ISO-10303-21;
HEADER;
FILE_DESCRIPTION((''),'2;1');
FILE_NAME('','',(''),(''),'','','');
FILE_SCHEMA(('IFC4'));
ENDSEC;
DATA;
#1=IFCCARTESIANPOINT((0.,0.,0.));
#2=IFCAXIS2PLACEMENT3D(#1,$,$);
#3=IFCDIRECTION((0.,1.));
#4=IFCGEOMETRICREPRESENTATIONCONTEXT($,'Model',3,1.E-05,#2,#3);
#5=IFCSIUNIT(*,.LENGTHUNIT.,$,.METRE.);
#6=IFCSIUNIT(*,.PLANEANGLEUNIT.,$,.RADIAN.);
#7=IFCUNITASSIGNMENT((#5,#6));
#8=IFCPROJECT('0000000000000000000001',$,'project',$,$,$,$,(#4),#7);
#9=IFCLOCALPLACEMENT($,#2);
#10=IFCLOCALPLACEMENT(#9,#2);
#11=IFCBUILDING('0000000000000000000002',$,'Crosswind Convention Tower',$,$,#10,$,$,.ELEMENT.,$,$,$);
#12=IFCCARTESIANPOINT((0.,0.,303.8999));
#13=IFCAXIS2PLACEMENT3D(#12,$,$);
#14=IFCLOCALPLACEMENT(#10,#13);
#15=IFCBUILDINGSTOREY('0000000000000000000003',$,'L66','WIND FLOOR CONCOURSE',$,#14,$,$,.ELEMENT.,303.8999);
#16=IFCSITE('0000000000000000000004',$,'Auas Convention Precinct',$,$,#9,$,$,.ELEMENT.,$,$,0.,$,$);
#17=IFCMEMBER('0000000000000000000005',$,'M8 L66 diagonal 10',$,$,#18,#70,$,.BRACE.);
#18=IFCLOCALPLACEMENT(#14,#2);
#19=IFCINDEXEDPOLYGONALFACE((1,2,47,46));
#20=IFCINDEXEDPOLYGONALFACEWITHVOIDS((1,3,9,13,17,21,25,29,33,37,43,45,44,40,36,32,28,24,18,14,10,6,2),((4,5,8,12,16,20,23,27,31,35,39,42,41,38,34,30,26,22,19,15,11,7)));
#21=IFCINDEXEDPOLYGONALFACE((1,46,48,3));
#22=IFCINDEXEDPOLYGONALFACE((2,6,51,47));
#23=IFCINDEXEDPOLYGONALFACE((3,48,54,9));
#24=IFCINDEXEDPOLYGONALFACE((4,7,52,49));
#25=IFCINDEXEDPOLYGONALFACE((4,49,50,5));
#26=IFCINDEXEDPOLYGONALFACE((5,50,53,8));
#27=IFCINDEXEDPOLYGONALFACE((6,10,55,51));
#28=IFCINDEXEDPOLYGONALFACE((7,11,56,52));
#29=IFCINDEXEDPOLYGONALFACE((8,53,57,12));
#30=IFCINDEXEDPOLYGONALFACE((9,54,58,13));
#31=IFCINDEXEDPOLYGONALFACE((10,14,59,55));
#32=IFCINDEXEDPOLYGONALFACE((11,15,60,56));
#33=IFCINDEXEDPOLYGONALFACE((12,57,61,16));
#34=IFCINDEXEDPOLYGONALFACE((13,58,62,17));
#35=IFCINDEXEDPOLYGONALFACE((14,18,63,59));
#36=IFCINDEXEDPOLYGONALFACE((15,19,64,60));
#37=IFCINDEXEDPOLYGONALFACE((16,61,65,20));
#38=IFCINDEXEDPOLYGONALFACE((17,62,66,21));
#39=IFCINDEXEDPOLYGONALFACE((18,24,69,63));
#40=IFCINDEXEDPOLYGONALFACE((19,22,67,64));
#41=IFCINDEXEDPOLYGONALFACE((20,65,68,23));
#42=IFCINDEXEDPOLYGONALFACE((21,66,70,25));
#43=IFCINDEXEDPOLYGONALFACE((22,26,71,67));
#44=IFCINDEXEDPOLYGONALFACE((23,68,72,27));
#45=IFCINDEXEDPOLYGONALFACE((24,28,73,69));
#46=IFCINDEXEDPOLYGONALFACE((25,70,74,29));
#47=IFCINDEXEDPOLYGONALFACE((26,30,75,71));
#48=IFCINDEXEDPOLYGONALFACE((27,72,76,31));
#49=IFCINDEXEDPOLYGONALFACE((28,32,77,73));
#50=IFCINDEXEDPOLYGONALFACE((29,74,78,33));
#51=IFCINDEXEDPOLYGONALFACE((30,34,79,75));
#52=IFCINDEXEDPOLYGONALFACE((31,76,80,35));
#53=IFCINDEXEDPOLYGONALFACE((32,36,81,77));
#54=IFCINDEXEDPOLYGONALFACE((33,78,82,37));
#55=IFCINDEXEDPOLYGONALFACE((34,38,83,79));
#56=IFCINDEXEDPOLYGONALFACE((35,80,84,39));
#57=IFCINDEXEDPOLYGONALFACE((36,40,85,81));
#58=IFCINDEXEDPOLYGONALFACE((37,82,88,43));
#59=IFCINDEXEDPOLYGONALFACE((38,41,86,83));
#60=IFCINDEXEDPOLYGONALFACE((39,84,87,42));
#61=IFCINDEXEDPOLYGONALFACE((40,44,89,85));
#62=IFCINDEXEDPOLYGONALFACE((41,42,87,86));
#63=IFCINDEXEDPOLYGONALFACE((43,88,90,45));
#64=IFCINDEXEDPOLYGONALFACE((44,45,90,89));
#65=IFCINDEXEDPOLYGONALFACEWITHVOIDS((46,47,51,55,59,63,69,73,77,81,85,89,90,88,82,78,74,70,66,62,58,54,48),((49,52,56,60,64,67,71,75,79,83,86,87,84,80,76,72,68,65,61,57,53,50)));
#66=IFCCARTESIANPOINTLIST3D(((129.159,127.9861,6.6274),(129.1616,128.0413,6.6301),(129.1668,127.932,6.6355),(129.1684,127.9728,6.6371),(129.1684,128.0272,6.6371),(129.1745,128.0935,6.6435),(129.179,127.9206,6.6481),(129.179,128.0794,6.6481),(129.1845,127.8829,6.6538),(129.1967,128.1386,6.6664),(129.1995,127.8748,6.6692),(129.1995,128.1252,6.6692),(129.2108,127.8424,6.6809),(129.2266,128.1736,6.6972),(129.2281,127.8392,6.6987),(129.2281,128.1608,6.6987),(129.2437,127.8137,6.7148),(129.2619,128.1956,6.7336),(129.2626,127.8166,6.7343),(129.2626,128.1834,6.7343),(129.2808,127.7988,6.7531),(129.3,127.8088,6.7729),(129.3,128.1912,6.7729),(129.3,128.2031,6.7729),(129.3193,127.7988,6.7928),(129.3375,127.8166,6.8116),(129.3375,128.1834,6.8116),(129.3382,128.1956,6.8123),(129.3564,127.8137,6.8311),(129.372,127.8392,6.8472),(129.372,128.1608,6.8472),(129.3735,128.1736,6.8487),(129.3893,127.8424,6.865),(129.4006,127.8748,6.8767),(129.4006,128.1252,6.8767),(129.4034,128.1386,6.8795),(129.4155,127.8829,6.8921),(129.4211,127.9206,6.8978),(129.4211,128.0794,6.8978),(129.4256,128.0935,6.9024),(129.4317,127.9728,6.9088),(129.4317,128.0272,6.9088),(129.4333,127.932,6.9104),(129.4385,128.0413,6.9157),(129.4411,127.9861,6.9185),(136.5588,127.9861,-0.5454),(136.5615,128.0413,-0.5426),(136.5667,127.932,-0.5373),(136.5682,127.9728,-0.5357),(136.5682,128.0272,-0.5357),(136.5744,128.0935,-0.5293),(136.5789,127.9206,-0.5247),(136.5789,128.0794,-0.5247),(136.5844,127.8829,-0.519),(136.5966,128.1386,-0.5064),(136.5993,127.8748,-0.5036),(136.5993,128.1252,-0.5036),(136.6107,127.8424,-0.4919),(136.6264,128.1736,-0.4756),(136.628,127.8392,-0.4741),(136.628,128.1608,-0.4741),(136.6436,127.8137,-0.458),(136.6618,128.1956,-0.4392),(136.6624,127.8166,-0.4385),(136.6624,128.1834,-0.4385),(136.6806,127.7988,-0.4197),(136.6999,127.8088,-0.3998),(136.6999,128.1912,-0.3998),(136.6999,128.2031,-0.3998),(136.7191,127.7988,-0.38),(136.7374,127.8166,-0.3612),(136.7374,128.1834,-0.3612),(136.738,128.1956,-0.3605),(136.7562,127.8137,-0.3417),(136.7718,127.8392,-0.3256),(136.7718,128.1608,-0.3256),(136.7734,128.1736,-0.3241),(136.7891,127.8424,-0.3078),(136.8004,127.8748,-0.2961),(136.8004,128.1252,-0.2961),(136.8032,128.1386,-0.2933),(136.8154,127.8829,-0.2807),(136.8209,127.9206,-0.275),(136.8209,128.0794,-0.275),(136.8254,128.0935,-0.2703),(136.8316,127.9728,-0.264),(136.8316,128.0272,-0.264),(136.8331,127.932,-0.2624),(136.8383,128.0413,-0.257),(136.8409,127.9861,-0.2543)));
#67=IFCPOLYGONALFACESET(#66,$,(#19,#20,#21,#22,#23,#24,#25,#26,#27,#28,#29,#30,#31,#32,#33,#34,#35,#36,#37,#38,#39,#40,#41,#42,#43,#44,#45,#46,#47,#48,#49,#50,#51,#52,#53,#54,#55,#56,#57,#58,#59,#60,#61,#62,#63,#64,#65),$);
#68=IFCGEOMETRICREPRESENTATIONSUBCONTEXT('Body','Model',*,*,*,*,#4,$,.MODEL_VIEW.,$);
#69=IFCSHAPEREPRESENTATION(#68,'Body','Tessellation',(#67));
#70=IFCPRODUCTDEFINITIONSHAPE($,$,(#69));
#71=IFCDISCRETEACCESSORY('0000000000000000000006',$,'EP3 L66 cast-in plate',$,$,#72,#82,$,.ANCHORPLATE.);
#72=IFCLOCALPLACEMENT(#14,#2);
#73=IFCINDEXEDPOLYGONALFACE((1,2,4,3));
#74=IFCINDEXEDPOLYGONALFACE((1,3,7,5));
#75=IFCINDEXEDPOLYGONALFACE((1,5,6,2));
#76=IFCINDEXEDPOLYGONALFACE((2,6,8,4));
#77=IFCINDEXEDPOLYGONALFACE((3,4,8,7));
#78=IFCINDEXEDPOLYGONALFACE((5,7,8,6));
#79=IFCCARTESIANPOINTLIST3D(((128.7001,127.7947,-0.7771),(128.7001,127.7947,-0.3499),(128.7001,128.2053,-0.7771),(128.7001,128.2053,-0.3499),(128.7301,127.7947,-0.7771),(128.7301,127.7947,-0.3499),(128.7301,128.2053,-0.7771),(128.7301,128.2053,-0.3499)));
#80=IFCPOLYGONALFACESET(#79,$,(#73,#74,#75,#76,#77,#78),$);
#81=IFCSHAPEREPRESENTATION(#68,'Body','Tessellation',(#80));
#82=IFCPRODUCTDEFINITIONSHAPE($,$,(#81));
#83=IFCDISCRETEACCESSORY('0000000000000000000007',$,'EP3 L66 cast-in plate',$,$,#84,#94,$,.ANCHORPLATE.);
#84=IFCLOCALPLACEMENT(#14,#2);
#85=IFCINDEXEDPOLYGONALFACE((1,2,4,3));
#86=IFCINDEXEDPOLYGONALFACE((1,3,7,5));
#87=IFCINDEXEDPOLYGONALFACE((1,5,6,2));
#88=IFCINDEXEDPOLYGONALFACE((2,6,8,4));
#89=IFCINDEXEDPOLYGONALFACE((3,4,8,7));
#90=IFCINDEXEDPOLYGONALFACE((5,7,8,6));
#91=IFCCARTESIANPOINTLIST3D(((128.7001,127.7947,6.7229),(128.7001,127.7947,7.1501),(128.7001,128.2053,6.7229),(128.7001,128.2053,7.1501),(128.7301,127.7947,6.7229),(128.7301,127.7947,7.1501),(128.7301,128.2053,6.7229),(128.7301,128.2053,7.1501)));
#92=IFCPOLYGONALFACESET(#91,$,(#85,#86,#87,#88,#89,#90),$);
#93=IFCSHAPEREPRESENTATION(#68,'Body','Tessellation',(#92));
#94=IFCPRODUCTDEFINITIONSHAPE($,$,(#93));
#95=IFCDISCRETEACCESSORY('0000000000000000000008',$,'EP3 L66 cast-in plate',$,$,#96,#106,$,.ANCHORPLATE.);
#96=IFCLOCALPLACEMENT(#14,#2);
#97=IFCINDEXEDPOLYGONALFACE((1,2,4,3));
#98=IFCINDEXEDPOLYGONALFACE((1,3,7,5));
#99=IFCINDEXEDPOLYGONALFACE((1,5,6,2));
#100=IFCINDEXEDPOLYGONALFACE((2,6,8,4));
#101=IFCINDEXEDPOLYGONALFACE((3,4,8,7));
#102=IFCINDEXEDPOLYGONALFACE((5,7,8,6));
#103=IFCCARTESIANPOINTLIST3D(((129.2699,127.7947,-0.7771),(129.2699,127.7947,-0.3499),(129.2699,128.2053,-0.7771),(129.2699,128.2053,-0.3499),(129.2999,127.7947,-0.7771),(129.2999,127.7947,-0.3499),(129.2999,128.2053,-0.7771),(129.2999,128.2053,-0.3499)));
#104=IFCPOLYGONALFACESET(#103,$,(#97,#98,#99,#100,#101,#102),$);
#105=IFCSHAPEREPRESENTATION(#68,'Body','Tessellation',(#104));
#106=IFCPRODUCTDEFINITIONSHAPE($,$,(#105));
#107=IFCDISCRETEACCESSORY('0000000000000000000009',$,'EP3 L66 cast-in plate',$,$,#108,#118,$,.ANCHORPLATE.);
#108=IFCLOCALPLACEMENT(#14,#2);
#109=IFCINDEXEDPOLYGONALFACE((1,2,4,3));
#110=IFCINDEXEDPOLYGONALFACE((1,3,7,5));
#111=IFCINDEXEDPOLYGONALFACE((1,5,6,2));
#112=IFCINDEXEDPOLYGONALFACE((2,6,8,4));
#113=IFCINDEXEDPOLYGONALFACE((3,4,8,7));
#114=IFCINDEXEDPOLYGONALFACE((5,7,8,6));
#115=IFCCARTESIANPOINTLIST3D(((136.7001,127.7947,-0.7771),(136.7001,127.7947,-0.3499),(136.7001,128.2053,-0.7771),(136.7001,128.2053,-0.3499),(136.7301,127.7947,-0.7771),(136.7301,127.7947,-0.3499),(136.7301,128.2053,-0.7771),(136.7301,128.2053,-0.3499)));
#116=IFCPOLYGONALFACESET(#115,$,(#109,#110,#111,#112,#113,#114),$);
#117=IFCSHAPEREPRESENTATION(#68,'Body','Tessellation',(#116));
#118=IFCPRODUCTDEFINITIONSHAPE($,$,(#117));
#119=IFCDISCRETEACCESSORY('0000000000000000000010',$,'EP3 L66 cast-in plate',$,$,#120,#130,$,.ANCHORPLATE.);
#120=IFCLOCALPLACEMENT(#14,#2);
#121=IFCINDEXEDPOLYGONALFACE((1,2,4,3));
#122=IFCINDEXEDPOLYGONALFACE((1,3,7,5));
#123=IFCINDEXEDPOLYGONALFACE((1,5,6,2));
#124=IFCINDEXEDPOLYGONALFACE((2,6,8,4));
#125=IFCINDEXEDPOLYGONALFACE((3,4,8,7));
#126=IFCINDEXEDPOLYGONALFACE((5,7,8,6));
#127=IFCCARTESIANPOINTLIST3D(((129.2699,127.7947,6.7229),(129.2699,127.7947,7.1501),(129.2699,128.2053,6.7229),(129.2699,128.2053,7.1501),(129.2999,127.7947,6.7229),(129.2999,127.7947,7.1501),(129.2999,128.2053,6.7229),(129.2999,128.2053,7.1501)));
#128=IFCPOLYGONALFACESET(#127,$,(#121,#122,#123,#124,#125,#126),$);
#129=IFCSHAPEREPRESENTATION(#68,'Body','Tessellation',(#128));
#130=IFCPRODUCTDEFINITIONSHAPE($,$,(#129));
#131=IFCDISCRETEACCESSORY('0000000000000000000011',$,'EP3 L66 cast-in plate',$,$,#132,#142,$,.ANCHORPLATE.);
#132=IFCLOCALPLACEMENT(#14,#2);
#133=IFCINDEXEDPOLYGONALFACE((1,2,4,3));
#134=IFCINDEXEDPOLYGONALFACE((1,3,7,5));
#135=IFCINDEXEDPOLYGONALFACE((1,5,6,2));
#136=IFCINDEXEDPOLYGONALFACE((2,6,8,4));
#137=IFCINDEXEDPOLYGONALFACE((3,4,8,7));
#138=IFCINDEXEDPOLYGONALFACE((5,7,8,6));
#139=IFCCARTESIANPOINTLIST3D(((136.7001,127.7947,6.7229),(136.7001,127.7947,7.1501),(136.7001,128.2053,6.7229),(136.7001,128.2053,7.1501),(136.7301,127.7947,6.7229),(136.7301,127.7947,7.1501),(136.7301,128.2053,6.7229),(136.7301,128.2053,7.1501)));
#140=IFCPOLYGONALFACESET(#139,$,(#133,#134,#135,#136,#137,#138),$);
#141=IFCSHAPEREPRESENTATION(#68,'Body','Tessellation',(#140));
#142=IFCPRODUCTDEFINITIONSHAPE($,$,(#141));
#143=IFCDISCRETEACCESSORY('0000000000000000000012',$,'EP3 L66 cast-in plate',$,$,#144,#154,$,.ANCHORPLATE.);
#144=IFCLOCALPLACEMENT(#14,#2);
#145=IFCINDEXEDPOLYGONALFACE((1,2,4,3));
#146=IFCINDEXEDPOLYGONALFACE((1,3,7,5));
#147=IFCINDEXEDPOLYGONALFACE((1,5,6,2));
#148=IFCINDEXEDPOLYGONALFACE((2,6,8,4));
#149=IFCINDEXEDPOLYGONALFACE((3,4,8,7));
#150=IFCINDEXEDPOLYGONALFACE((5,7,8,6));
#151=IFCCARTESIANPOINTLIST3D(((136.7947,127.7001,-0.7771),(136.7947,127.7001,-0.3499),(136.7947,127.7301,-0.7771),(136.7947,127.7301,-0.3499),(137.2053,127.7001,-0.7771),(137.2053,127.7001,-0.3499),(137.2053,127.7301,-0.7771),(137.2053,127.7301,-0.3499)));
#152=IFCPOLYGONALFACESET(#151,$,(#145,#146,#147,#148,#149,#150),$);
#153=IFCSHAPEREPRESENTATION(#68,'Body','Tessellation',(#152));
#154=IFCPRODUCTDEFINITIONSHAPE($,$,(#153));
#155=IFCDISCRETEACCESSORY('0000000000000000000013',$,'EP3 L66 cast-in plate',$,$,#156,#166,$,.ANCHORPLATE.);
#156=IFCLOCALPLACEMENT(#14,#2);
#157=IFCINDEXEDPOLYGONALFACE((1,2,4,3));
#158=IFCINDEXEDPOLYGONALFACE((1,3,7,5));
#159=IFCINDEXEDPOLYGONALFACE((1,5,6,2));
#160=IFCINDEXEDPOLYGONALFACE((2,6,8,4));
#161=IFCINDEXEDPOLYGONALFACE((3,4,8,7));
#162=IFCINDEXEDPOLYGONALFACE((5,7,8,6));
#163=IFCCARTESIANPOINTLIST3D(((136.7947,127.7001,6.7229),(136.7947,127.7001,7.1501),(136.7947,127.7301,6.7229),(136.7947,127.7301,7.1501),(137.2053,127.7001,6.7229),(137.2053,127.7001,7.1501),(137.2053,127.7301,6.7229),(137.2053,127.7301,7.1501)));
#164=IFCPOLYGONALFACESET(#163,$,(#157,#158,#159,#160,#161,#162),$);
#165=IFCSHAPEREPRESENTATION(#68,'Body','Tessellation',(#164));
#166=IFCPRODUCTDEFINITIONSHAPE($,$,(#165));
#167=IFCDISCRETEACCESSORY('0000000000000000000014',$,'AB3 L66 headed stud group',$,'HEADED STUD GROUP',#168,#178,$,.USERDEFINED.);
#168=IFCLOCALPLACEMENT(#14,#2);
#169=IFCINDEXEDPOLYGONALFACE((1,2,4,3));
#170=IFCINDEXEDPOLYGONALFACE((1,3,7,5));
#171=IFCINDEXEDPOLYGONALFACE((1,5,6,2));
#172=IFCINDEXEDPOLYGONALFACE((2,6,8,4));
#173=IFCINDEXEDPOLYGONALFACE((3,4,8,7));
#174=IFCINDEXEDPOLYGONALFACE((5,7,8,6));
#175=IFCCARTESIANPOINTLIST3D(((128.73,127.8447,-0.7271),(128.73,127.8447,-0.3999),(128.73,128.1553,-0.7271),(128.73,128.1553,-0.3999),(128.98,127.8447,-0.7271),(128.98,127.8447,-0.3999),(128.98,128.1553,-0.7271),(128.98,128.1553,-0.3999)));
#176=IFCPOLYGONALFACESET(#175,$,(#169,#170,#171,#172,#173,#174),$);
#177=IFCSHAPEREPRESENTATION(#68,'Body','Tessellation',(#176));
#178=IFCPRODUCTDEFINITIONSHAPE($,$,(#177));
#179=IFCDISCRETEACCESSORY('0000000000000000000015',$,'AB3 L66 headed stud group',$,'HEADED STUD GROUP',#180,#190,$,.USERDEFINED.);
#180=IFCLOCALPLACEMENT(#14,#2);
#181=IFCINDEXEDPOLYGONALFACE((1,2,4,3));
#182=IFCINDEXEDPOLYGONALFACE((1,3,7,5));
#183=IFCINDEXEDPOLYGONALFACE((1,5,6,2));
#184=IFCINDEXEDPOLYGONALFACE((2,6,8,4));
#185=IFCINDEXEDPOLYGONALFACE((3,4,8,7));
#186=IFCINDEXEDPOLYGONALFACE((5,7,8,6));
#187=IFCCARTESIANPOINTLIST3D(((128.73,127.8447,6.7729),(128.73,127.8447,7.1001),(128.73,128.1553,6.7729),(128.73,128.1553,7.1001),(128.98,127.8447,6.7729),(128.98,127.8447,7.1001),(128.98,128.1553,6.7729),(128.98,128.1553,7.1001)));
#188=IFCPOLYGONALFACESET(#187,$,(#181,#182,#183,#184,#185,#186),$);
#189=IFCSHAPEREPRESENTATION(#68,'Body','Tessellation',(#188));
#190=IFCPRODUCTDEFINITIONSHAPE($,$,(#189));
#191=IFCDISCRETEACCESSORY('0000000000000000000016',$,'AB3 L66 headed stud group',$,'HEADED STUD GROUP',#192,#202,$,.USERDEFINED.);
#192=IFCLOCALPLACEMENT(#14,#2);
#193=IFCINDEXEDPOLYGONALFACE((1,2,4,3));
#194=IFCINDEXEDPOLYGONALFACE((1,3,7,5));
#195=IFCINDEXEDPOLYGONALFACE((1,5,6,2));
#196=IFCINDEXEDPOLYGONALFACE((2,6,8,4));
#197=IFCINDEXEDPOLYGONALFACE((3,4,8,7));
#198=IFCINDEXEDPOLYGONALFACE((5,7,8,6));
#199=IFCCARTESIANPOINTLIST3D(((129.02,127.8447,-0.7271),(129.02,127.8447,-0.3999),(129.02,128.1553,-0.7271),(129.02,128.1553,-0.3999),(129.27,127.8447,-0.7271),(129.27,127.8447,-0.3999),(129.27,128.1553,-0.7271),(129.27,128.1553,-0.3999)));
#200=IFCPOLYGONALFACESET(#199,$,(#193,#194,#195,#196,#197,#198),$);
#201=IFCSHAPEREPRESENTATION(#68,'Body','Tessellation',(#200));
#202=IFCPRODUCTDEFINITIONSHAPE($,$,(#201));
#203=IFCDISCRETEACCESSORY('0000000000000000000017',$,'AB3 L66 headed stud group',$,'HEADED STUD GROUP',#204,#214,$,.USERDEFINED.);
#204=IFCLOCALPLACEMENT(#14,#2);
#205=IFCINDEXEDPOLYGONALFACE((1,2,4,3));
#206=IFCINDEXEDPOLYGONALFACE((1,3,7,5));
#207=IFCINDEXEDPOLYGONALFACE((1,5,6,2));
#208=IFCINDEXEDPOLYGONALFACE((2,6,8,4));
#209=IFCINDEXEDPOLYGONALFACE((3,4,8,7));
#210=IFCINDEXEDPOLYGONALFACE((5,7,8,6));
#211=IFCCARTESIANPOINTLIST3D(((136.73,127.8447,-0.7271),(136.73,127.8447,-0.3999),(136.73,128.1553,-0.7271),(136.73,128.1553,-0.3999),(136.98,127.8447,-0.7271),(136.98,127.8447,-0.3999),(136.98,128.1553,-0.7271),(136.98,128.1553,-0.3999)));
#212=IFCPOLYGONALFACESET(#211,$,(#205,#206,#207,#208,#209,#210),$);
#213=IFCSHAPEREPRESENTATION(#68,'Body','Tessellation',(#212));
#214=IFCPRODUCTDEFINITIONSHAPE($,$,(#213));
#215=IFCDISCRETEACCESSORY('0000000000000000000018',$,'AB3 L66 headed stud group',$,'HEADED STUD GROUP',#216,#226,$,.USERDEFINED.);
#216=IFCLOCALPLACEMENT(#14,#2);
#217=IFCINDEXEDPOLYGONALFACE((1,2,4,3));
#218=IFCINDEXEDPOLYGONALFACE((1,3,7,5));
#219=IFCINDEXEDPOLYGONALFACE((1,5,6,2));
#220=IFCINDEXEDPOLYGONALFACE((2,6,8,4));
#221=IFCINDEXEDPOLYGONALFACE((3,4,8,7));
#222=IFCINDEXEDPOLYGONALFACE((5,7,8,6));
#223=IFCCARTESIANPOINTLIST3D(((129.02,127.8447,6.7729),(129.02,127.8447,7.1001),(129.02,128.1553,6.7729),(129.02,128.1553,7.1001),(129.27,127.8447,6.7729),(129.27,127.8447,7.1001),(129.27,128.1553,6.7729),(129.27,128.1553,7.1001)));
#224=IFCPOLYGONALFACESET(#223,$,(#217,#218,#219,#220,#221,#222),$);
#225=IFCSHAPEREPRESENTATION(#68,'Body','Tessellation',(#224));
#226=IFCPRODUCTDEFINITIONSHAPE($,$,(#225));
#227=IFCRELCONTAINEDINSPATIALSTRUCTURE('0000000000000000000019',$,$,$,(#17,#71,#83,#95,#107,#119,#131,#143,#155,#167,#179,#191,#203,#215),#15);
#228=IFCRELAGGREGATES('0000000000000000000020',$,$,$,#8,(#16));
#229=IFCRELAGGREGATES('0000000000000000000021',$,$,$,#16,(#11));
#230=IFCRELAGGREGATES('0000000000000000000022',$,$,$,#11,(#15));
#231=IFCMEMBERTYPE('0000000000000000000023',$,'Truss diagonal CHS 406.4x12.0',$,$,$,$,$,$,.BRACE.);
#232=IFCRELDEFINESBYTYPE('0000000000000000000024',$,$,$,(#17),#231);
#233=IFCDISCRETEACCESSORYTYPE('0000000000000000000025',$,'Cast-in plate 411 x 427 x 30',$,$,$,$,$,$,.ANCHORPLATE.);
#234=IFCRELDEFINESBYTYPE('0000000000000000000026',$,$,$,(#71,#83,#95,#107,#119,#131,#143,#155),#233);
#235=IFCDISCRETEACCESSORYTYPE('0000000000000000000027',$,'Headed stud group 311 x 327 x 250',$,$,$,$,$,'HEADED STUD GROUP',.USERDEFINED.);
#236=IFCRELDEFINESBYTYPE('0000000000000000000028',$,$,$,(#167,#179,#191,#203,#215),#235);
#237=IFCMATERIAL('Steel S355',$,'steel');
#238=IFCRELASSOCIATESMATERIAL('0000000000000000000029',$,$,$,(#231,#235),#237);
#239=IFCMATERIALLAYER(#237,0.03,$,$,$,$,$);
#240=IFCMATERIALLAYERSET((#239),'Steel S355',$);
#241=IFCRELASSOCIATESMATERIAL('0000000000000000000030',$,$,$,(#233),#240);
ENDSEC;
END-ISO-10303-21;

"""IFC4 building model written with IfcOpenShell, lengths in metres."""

from ifc_helpers import new_model, si_unit, direction, frame, origin, origin_2d, place, context, subcontext, project, spatial, rectangle, hollow_circle, extrude, material, layer, layer_set, material_profile, profile_set, type_object, element, save


model = new_model("IFC4")

# Units and contexts
model_context = context("Model", 3, precision=1e-05, world=origin(), true_north=direction((0.0, 1.0)))
body_context = subcontext(model_context, "Body", "Model", "MODEL_VIEW")
ifc_project = project(units=[si_unit("LENGTHUNIT", "METRE"), si_unit("PLANEANGLEUNIT", "RADIAN")], contexts=[model_context])

# Site, building, storey
site_placement = place(None, origin())
site = spatial("IfcSite", under=ifc_project, at=site_placement, Name="Auas Convention Precinct", CompositionType="ELEMENT", RefElevation=0.0)
building_placement = place(site_placement, origin())
building = spatial("IfcBuilding", under=site, at=building_placement, Name="Crosswind Convention Tower", CompositionType="ELEMENT")
storey_placement = place(building_placement, frame((0.0, 0.0, 303.8999)))
storey = spatial("IfcBuildingStorey", under=building, at=storey_placement, Name="L66", Description="WIND FLOOR CONCOURSE", CompositionType="ELEMENT", Elevation=303.8999)

# Shared definitions
ifc_material_1 = material(Name="Steel S355", Category="steel")

# Member
ifc_material_profile_1 = material_profile(ifc_material_1, hollow_circle(Radius=0.2031, WallThickness=0.012, at=origin_2d()), Name="CHS 406.4x12.0")
ifc_profile_set_1 = profile_set([ifc_material_profile_1], Name="Steel S355")
member_type_1 = type_object("IfcMemberType", Name="Truss diagonal CHS 406.4x12.0", PredefinedType="BRACE", material=ifc_profile_set_1)
for number, where, z_axis, x_axis, name in (
    (1, (129.3, 128.0, 6.7729), (0.718037, 0.0, -0.696005), (0.0, 1.0, 0.0), "M8 L66 diagonal 10"),
):
    element("IfcMember", number, at=place(storey_placement, frame(where, z_axis=z_axis, x_axis=x_axis)), inside=storey, type_object=member_type_1, Name=name, PredefinedType="BRACE", context=body_context, shape_type="SweptSolid", body=[
        extrude(hollow_circle(Radius=0.2031, WallThickness=0.012, at=origin_2d()), origin(), (0.0, 0.0, 1.0), 10.3057),
    ])

# Discrete accessories
ifc_layer = layer(ifc_material_1, 0.03)
ifc_layer_set = layer_set([ifc_layer], Name="Steel S355")
discrete_accessory_type_1 = type_object("IfcDiscreteAccessoryType", Name="Cast-in plate 411 x 427 x 30", PredefinedType="ANCHORPLATE", material=ifc_layer_set)
for number, where, z_axis, x_axis, name in (
    (2, (128.7151, 128.0, -0.7771), (0.0, 0.0, 1.0), (1.0, 0.0, 0.0), "EP3 L66 cast-in plate"),
    (3, (128.7151, 128.0, 6.7229), (0.0, 0.0, 1.0), (1.0, 0.0, 0.0), "EP3 L66 cast-in plate"),
    (4, (129.2849, 128.0, -0.7771), (0.0, 0.0, 1.0), (1.0, 0.0, 0.0), "EP3 L66 cast-in plate"),
    (5, (136.7151, 128.0, -0.7771), (0.0, 0.0, 1.0), (1.0, 0.0, 0.0), "EP3 L66 cast-in plate"),
    (6, (129.2849, 128.0, 6.7229), (0.0, 0.0, 1.0), (1.0, 0.0, 0.0), "EP3 L66 cast-in plate"),
    (7, (136.7151, 128.0, 6.7229), (0.0, 0.0, 1.0), (1.0, 0.0, 0.0), "EP3 L66 cast-in plate"),
):
    element("IfcDiscreteAccessory", number, at=place(storey_placement, frame(where, z_axis=z_axis, x_axis=x_axis)), inside=storey, type_object=discrete_accessory_type_1, Name=name, PredefinedType="ANCHORPLATE", context=body_context, shape_type="SweptSolid", body=[
        extrude(rectangle(XDim=0.03, YDim=0.4106, at=origin_2d()), origin(), (0.0, 0.0, 1.0), 0.4272),
    ])
for number, where, z_axis, x_axis, name in (
    (8, (137.0, 127.7151, -0.7771), (0.0, 0.0, 1.0), (1.0, 0.0, 0.0), "EP3 L66 cast-in plate"),
    (9, (137.0, 127.7151, 6.7229), (0.0, 0.0, 1.0), (1.0, 0.0, 0.0), "EP3 L66 cast-in plate"),
):
    element("IfcDiscreteAccessory", number, at=place(storey_placement, frame(where, z_axis=z_axis, x_axis=x_axis)), inside=storey, type_object=discrete_accessory_type_1, Name=name, PredefinedType="ANCHORPLATE", context=body_context, shape_type="SweptSolid", body=[
        extrude(rectangle(XDim=0.4106, YDim=0.03, at=origin_2d()), origin(), (0.0, 0.0, 1.0), 0.4272),
    ])
discrete_accessory_type_2 = type_object("IfcDiscreteAccessoryType", Name="Headed stud group 311 x 327 x 250", ElementType="HEADED STUD GROUP", PredefinedType="USERDEFINED", material=ifc_material_1)
for number, where, z_axis, x_axis, name in (
    (10, (128.855, 128.0, -0.7271), (0.0, 0.0, 1.0), (1.0, 0.0, 0.0), "AB3 L66 headed stud group"),
    (11, (128.855, 128.0, 6.7729), (0.0, 0.0, 1.0), (1.0, 0.0, 0.0), "AB3 L66 headed stud group"),
    (12, (129.145, 128.0, -0.7271), (0.0, 0.0, 1.0), (1.0, 0.0, 0.0), "AB3 L66 headed stud group"),
    (13, (136.855, 128.0, -0.7271), (0.0, 0.0, 1.0), (1.0, 0.0, 0.0), "AB3 L66 headed stud group"),
    (14, (129.145, 128.0, 6.7729), (0.0, 0.0, 1.0), (1.0, 0.0, 0.0), "AB3 L66 headed stud group"),
):
    element("IfcDiscreteAccessory", number, at=place(storey_placement, frame(where, z_axis=z_axis, x_axis=x_axis)), inside=storey, type_object=discrete_accessory_type_2, Name=name, ObjectType="HEADED STUD GROUP", PredefinedType="USERDEFINED", context=body_context, shape_type="SweptSolid", body=[
        extrude(rectangle(XDim=0.25, YDim=0.3105, at=origin_2d()), origin(), (0.0, 0.0, 1.0), 0.3271),
    ])

save(model, "model.ifc")
